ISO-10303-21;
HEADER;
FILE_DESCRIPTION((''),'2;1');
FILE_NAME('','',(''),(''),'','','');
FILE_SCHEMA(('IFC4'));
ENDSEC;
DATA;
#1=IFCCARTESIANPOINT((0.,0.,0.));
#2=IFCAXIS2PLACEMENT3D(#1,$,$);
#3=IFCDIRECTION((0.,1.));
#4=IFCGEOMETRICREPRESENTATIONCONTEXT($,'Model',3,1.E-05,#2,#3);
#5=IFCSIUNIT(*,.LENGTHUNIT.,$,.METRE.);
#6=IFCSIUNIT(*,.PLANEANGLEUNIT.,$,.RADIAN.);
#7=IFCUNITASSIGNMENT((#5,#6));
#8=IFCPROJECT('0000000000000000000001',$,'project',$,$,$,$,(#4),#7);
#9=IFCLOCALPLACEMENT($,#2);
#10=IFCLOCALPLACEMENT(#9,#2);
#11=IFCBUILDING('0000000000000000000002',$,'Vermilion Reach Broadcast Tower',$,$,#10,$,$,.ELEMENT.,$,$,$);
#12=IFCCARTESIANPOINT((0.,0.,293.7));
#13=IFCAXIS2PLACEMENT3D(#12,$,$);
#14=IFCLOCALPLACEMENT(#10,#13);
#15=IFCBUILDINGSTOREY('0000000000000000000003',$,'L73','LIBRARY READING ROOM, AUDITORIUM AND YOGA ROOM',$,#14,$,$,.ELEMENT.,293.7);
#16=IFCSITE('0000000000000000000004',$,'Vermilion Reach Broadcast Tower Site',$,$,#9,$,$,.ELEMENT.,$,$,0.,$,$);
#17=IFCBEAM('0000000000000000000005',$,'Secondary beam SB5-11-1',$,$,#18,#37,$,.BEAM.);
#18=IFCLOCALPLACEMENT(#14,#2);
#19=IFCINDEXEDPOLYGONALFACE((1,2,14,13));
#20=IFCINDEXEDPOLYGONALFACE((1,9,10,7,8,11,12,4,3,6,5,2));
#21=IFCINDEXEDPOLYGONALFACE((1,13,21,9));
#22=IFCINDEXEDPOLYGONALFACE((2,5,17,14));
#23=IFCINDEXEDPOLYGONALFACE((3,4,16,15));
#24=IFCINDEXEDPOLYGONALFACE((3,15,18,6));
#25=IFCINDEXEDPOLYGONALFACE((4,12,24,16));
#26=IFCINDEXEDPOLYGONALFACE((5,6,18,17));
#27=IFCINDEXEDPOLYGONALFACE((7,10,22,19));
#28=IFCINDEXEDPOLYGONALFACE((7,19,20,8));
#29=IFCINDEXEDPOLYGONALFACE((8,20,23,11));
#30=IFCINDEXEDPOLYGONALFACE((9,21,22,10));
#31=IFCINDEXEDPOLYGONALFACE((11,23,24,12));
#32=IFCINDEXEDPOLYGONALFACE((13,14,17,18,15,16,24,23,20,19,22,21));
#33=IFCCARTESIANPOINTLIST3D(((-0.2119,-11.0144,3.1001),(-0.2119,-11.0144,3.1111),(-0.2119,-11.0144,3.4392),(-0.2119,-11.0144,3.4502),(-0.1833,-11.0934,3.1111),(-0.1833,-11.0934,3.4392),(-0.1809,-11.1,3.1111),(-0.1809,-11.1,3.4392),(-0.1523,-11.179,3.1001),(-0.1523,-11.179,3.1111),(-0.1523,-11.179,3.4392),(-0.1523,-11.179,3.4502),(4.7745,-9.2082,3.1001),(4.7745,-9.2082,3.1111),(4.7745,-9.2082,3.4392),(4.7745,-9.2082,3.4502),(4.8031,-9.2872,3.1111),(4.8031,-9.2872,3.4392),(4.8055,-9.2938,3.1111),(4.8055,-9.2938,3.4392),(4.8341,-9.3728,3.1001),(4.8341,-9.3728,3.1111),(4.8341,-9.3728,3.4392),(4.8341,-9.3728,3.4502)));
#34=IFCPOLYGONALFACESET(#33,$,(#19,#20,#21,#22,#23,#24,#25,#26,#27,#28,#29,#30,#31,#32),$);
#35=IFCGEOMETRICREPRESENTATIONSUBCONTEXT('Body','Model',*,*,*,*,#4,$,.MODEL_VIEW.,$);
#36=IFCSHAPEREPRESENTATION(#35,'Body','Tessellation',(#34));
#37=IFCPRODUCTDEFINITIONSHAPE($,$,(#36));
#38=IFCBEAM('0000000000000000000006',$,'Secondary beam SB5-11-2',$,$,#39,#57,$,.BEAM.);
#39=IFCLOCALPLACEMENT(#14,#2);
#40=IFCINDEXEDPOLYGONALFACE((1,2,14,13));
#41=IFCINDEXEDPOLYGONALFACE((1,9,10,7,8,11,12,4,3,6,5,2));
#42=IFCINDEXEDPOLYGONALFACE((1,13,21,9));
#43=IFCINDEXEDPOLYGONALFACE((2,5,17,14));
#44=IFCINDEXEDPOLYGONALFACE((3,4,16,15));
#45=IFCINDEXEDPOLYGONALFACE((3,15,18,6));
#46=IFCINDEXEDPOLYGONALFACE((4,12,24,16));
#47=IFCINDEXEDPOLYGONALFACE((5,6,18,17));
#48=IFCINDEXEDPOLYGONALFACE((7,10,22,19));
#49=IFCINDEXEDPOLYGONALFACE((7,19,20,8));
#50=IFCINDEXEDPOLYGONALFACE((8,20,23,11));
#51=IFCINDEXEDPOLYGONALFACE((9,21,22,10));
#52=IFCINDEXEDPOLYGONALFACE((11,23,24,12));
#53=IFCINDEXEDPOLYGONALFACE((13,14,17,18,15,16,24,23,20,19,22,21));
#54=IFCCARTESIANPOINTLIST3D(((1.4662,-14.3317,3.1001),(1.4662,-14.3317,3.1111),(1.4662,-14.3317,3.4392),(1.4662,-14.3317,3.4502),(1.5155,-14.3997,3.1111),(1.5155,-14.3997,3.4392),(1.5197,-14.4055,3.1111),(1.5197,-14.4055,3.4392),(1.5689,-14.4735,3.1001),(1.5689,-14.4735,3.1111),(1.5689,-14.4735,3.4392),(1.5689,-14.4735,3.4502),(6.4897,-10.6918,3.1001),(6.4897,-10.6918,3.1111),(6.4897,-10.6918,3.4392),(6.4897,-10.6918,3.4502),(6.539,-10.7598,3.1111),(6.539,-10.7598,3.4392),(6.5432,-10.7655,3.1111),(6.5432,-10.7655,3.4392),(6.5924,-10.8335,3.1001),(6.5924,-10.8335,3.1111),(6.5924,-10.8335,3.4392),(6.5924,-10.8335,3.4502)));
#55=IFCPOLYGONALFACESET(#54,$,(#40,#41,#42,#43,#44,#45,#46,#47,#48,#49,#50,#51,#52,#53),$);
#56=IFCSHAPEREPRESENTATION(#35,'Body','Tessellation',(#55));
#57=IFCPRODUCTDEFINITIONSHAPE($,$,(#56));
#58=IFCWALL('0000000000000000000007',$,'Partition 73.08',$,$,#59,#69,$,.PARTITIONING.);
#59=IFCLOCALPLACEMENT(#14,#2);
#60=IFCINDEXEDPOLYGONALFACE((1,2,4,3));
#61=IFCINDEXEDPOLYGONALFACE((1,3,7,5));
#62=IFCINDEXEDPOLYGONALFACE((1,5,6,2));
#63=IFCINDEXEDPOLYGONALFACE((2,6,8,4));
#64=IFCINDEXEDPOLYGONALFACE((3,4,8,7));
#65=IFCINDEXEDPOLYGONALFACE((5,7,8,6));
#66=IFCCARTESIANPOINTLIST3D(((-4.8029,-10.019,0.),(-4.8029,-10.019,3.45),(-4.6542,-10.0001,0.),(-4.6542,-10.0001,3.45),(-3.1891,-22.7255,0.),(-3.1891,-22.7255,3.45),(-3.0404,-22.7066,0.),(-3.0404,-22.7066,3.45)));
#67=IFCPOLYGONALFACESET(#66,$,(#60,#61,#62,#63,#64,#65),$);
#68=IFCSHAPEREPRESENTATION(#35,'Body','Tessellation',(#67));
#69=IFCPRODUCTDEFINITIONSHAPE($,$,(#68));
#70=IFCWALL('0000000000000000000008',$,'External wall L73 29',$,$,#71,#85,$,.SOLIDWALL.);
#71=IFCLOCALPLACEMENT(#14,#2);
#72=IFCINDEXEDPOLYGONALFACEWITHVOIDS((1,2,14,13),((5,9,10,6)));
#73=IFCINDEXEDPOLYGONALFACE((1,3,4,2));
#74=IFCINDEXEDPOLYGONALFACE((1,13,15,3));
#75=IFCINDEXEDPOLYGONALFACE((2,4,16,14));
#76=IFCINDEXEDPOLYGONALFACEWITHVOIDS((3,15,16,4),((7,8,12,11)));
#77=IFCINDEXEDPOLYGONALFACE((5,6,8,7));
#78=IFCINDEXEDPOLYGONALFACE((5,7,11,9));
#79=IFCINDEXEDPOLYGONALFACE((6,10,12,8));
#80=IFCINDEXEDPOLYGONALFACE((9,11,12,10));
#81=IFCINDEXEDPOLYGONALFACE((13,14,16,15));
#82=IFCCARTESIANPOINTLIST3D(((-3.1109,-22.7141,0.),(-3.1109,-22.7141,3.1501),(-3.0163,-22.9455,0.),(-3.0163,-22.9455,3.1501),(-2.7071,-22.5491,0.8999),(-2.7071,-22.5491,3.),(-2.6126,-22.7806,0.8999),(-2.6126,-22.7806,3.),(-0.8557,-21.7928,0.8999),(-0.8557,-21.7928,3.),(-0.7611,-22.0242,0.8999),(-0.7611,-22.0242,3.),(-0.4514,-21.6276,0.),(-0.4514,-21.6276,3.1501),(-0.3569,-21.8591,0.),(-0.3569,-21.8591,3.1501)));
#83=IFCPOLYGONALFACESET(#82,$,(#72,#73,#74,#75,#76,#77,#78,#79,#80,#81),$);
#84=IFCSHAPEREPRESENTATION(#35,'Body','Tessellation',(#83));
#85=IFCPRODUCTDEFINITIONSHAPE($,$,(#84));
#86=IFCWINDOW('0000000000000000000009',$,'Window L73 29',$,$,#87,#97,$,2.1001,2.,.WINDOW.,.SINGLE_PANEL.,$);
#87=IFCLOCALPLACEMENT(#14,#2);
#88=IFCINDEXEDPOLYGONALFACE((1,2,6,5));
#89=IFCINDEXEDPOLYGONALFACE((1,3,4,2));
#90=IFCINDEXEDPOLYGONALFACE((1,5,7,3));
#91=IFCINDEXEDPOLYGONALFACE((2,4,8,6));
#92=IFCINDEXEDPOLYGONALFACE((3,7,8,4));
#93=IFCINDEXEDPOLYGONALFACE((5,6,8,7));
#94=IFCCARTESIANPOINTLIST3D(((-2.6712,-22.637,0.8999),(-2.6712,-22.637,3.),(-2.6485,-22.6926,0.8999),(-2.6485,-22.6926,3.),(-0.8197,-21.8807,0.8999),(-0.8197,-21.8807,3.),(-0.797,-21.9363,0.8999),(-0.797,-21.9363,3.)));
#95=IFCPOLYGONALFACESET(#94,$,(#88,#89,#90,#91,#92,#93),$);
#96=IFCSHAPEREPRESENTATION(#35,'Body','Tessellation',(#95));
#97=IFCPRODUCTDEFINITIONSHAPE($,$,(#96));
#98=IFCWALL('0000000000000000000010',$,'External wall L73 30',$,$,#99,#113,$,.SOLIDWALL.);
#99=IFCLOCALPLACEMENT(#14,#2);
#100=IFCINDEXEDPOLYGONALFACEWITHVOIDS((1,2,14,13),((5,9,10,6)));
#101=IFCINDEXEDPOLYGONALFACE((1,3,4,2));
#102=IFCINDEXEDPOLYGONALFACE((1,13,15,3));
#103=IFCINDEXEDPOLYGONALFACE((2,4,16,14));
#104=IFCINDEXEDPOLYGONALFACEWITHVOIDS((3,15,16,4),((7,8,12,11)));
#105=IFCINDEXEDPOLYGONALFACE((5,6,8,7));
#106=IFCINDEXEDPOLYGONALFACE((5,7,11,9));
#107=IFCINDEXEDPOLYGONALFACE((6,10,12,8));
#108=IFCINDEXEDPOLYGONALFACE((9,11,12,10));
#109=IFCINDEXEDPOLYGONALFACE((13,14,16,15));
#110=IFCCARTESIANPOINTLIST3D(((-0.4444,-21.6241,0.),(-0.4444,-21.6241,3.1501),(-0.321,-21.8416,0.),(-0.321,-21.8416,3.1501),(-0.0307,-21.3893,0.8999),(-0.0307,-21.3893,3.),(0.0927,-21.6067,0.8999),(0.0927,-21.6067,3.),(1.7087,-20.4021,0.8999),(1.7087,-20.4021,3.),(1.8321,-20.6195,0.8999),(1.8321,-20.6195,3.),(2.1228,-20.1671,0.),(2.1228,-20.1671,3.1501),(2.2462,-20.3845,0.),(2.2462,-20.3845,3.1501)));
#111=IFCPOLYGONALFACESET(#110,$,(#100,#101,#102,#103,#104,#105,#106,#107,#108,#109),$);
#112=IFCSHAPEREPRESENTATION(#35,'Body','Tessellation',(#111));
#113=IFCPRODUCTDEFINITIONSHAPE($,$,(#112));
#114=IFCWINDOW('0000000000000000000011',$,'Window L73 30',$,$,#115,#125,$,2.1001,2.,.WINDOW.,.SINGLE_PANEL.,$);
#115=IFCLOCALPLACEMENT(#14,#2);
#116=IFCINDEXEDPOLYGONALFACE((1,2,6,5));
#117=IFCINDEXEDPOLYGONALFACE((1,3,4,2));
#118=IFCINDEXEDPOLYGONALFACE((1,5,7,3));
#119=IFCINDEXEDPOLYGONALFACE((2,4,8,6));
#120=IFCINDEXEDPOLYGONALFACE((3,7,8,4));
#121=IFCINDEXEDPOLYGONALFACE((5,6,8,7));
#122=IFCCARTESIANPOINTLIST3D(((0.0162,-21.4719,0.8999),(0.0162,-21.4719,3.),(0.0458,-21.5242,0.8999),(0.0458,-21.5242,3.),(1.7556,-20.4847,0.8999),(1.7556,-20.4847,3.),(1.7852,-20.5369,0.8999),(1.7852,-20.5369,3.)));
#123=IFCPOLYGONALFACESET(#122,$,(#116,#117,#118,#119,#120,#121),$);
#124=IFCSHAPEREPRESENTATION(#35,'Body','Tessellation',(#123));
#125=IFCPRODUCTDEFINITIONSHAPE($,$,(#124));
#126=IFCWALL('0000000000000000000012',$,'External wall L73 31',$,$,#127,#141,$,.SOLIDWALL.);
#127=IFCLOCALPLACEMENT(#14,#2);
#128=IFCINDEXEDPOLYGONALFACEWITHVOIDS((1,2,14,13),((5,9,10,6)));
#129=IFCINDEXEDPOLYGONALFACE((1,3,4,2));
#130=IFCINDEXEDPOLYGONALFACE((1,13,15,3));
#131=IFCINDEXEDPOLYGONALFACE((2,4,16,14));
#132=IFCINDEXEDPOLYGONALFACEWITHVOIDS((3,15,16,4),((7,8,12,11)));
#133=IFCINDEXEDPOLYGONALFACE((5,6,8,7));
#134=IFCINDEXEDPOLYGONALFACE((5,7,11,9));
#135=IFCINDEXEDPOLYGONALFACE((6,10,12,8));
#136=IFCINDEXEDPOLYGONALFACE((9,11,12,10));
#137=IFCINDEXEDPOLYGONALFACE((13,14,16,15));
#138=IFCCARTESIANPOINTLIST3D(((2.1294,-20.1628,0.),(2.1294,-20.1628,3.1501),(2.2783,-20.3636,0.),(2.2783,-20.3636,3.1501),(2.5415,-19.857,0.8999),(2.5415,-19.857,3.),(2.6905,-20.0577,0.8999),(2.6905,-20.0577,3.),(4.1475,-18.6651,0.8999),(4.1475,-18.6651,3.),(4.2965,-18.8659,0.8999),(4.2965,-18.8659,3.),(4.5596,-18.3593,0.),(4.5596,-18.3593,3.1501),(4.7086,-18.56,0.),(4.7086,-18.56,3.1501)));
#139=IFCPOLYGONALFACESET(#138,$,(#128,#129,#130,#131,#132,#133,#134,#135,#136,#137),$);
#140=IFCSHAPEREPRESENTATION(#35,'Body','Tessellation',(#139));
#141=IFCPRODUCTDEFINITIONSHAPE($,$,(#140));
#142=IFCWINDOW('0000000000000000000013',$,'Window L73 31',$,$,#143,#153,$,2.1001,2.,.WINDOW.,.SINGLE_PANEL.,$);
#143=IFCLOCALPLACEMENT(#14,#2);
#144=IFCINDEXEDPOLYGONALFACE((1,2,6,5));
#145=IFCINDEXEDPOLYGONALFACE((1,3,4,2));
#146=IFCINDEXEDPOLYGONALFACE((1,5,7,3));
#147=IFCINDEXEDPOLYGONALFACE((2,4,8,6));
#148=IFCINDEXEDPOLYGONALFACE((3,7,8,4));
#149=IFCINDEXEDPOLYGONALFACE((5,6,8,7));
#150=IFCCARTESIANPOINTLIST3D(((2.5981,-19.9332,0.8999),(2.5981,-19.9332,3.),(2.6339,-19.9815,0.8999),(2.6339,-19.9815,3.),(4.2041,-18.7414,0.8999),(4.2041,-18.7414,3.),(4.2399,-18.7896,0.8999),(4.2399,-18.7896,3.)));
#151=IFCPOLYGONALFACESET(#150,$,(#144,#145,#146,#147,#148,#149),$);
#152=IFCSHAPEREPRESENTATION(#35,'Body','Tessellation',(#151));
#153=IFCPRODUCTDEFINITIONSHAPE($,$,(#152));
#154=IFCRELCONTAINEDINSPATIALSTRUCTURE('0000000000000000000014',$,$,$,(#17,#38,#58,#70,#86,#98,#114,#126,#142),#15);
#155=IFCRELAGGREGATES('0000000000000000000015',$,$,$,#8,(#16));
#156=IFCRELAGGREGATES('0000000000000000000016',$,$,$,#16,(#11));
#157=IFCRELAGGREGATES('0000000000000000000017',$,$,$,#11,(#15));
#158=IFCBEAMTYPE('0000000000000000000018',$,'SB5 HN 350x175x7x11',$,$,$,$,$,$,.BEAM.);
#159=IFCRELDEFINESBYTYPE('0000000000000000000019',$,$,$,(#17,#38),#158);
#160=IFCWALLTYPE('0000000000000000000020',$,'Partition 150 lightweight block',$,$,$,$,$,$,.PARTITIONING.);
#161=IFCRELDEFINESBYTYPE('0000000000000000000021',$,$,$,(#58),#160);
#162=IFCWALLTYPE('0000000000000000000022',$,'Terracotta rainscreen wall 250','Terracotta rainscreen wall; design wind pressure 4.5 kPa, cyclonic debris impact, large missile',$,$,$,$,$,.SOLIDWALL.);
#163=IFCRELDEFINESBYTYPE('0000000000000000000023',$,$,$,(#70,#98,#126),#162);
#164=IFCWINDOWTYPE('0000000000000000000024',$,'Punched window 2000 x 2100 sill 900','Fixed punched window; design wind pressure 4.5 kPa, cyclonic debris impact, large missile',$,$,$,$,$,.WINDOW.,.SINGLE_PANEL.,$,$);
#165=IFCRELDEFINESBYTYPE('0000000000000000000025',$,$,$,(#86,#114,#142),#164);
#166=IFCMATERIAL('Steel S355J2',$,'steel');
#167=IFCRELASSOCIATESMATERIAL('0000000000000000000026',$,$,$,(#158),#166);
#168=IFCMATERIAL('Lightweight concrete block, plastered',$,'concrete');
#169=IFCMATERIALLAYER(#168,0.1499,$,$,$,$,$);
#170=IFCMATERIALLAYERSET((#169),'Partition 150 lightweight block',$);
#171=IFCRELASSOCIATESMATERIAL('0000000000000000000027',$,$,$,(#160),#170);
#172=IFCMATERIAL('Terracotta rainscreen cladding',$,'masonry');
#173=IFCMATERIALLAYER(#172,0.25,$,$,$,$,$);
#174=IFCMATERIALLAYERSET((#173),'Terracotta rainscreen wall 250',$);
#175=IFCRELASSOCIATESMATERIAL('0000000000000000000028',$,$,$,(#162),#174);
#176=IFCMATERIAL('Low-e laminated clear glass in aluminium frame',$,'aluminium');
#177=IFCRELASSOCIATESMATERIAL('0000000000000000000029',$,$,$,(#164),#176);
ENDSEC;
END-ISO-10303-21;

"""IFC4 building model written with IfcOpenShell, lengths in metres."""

from ifc_helpers import new_model, si_unit, direction, frame, frame_2d, origin, origin_2d, place, context, subcontext, project, spatial, rectangle, i_section, extrude, material, layer, layer_set, material_profile, profile_set, type_object, element, fill, save


model = new_model("IFC4")

# Units and contexts
model_context = context("Model", 3, precision=1e-05, world=origin(), true_north=direction((0.0, 1.0)))
body_context = subcontext(model_context, "Body", "Model", "MODEL_VIEW")
ifc_project = project(units=[si_unit("LENGTHUNIT", "METRE"), si_unit("PLANEANGLEUNIT", "RADIAN")], contexts=[model_context])

# Site, building, storey
site_placement = place(None, origin())
site = spatial("IfcSite", under=ifc_project, at=site_placement, Name="Vermilion Reach Broadcast Tower Site", CompositionType="ELEMENT", RefElevation=0.0)
building_placement = place(site_placement, origin())
building = spatial("IfcBuilding", under=site, at=building_placement, Name="Vermilion Reach Broadcast Tower", CompositionType="ELEMENT")
storey_placement = place(building_placement, frame((0.0, 0.0, 293.7)))
storey = spatial("IfcBuildingStorey", under=building, at=storey_placement, Name="L73", Description="LIBRARY READING ROOM, AUDITORIUM AND YOGA ROOM", CompositionType="ELEMENT", Elevation=293.7)

# Beams
ifc_material_1 = material(Name="Steel S355J2", Category="steel")
ifc_material_profile_1 = material_profile(ifc_material_1, i_section(OverallWidth=0.175, OverallDepth=0.3501, WebThickness=0.0071, FlangeThickness=0.011, at=origin_2d()), Name="S355J2 HN 350x175x7x11")
ifc_profile_set_1 = profile_set([ifc_material_profile_1], Name="Steel S355J2")
beam_type_1 = type_object("IfcBeamType", Name="SB5 HN 350x175x7x11", PredefinedType="BEAM", material=ifc_profile_set_1)
beam_1_placement = place(storey_placement, frame((-0.1821, -11.0967, 3.2751), z_axis=(0.94022, 0.340567, 0.0), x_axis=(-0.340567, 0.94022, 0.0)))
element("IfcBeam", 1, at=beam_1_placement, inside=storey, type_object=beam_type_1, Name="Secondary beam SB5-11-1", PredefinedType="BEAM", context=body_context, shape_type="SweptSolid", body=[
    extrude(i_section(OverallWidth=0.175, OverallDepth=0.3501, WebThickness=0.0071, FlangeThickness=0.011, at=origin_2d()), origin(), (0.0, 0.0, 1.0), 5.3035),
])
beam_2_placement = place(storey_placement, frame((1.5176, -14.4026, 3.2751), z_axis=(0.809771, 0.586746, 0.0), x_axis=(-0.586746, 0.809771, 0.0)))
element("IfcBeam", 2, at=beam_2_placement, inside=storey, type_object=beam_type_1, Name="Secondary beam SB5-11-2", PredefinedType="BEAM", context=body_context, shape_type="SweptSolid", body=[
    extrude(i_section(OverallWidth=0.175, OverallDepth=0.3501, WebThickness=0.0071, FlangeThickness=0.011, at=origin_2d()), origin(), (0.0, 0.0, 1.0), 6.2036),
])

# Wall
ifc_material_2 = material(Name="Lightweight concrete block, plastered", Category="concrete")
ifc_layer_1 = layer(ifc_material_2, 0.1499)
ifc_layer_set_1 = layer_set([ifc_layer_1], Name="Partition 150 lightweight block")
wall_type_1 = type_object("IfcWallType", Name="Partition 150 lightweight block", PredefinedType="PARTITIONING", material=ifc_layer_set_1)
wall_1_placement = place(storey_placement, frame((-3.1147, -22.7161, 0.0), z_axis=(0.0, 0.0, 1.0), x_axis=(-0.125991, 0.992031, 0.0)))
element("IfcWall", 3, at=wall_1_placement, inside=storey, type_object=wall_type_1, Name="Partition 73.08", PredefinedType="PARTITIONING", context=body_context, shape_type="SweptSolid", body=[
    extrude(rectangle(XDim=12.8086, YDim=0.1499, at=frame_2d((6.4043, 0.0))), origin(), (0.0, 0.0, 1.0), 3.45),
])

# Walls, openings, windows
ifc_material_3 = material(Name="Terracotta rainscreen cladding", Category="masonry")
ifc_layer_2 = layer(ifc_material_3, 0.25)
ifc_layer_set_2 = layer_set([ifc_layer_2], Name="Terracotta rainscreen wall 250")
wall_type_2 = type_object("IfcWallType", Name="Terracotta rainscreen wall 250", Description="Terracotta rainscreen wall; design wind pressure 4.5 kPa, cyclonic debris impact, large missile", PredefinedType="SOLIDWALL", material=ifc_layer_set_2)
wall_2_placement = place(storey_placement, frame((-3.0637, -22.8298, 0.0), z_axis=(0.0, 0.0, 1.0), x_axis=(0.925732, 0.378179, 0.0)))
wall_2 = element("IfcWall", 4, at=wall_2_placement, inside=storey, type_object=wall_type_2, Name="External wall L73 29", PredefinedType="SOLIDWALL", context=body_context, shape_type="SweptSolid", body=[
    extrude(rectangle(XDim=2.8728, YDim=0.25, at=frame_2d((1.4365, 0.0))), origin(), (0.0, 0.0, 1.0), 3.1501),
])
opening_1_placement = place(wall_2_placement, frame((0.4363, 0.0, 0.8999)))
opening_1 = element("IfcOpeningElement", 5, at=opening_1_placement, cuts=wall_2, PredefinedType="OPENING", context=body_context, shape_type="SweptSolid", body=[
    extrude(rectangle(XDim=2.0, YDim=2.1001, at=frame_2d((1.0, 1.05))), frame((0.0, 0.135, 0.0), z_axis=(0.0, -1.0, 0.0), x_axis=(1.0, 0.0, 0.0)), (0.0, 0.0, 1.0), 0.27),
])
ifc_material_4 = material(Name="Low-e laminated clear glass in aluminium frame", Category="aluminium")
window_type = type_object("IfcWindowType", Name="Punched window 2000 x 2100 sill 900", Description="Fixed punched window; design wind pressure 4.5 kPa, cyclonic debris impact, large missile", PartitioningType="SINGLE_PANEL", PredefinedType="WINDOW", material=ifc_material_4)
window_1_placement = place(opening_1_placement, origin())
window_1 = element("IfcWindow", 6, at=window_1_placement, inside=storey, type_object=window_type, Name="Window L73 29", OverallHeight=2.1001, OverallWidth=2.0, PartitioningType="SINGLE_PANEL", PredefinedType="WINDOW", context=body_context, shape_type="SweptSolid", body=[
    extrude(rectangle(XDim=2.0, YDim=2.1001, at=frame_2d((1.0, 1.05))), frame((0.0, 0.03, 0.0), z_axis=(0.0, -1.0, 0.0), x_axis=(1.0, 0.0, 0.0)), (0.0, 0.0, 1.0), 0.0601),
])
fill(opening_1, window_1)
wall_3_placement = place(storey_placement, frame((-0.3828, -21.7329, 0.0), z_axis=(0.0, 0.0, 1.0), x_axis=(0.869685, 0.493607, 0.0)))
wall_3 = element("IfcWall", 7, at=wall_3_placement, inside=storey, type_object=wall_type_2, Name="External wall L73 30", PredefinedType="SOLIDWALL", context=body_context, shape_type="SweptSolid", body=[
    extrude(rectangle(XDim=2.9519, YDim=0.25, at=frame_2d((1.4761, 0.0))), origin(), (0.0, 0.0, 1.0), 3.1501),
])
opening_2_placement = place(wall_3_placement, frame((0.4758, 0.0, 0.8999)))
opening_2 = element("IfcOpeningElement", 8, at=opening_2_placement, cuts=wall_3, PredefinedType="OPENING", context=body_context, shape_type="SweptSolid", body=[
    extrude(rectangle(XDim=2.0, YDim=2.1001, at=frame_2d((1.0, 1.05))), frame((0.0, 0.135, 0.0), z_axis=(0.0, -1.0, 0.0), x_axis=(1.0, 0.0, 0.0)), (0.0, 0.0, 1.0), 0.27),
])
window_2_placement = place(opening_2_placement, origin())
window_2 = element("IfcWindow", 9, at=window_2_placement, inside=storey, type_object=window_type, Name="Window L73 30", OverallHeight=2.1001, OverallWidth=2.0, PartitioningType="SINGLE_PANEL", PredefinedType="WINDOW", context=body_context, shape_type="SweptSolid", body=[
    extrude(rectangle(XDim=2.0, YDim=2.1001, at=frame_2d((1.0, 1.05))), frame((0.0, 0.03, 0.0), z_axis=(0.0, -1.0, 0.0), x_axis=(1.0, 0.0, 0.0)), (0.0, 0.0, 1.0), 0.0601),
])
fill(opening_2, window_2)
wall_4_placement = place(storey_placement, frame((2.2039, -20.2632, 0.0), z_axis=(0.0, 0.0, 1.0), x_axis=(0.80303, 0.595939, 0.0)))
wall_4 = element("IfcWall", 10, at=wall_4_placement, inside=storey, type_object=wall_type_2, Name="External wall L73 31", PredefinedType="SOLIDWALL", context=body_context, shape_type="SweptSolid", body=[
    extrude(rectangle(XDim=3.0264, YDim=0.25, at=frame_2d((1.5132, 0.0))), origin(), (0.0, 0.0, 1.0), 3.1501),
])
opening_3_placement = place(wall_4_placement, frame((0.5132, 0.0, 0.8999)))
opening_3 = element("IfcOpeningElement", 11, at=opening_3_placement, cuts=wall_4, PredefinedType="OPENING", context=body_context, shape_type="SweptSolid", body=[
    extrude(rectangle(XDim=2.0, YDim=2.1001, at=frame_2d((1.0, 1.05))), frame((0.0, 0.135, 0.0), z_axis=(0.0, -1.0, 0.0), x_axis=(1.0, 0.0, 0.0)), (0.0, 0.0, 1.0), 0.27),
])
window_3_placement = place(opening_3_placement, origin())
window_3 = element("IfcWindow", 12, at=window_3_placement, inside=storey, type_object=window_type, Name="Window L73 31", OverallHeight=2.1001, OverallWidth=2.0, PartitioningType="SINGLE_PANEL", PredefinedType="WINDOW", context=body_context, shape_type="SweptSolid", body=[
    extrude(rectangle(XDim=2.0, YDim=2.1001, at=frame_2d((1.0, 1.05))), frame((0.0, 0.03, 0.0), z_axis=(0.0, -1.0, 0.0), x_axis=(1.0, 0.0, 0.0)), (0.0, 0.0, 1.0), 0.0601),
])
fill(opening_3, window_3)

save(model, "model.ifc")
